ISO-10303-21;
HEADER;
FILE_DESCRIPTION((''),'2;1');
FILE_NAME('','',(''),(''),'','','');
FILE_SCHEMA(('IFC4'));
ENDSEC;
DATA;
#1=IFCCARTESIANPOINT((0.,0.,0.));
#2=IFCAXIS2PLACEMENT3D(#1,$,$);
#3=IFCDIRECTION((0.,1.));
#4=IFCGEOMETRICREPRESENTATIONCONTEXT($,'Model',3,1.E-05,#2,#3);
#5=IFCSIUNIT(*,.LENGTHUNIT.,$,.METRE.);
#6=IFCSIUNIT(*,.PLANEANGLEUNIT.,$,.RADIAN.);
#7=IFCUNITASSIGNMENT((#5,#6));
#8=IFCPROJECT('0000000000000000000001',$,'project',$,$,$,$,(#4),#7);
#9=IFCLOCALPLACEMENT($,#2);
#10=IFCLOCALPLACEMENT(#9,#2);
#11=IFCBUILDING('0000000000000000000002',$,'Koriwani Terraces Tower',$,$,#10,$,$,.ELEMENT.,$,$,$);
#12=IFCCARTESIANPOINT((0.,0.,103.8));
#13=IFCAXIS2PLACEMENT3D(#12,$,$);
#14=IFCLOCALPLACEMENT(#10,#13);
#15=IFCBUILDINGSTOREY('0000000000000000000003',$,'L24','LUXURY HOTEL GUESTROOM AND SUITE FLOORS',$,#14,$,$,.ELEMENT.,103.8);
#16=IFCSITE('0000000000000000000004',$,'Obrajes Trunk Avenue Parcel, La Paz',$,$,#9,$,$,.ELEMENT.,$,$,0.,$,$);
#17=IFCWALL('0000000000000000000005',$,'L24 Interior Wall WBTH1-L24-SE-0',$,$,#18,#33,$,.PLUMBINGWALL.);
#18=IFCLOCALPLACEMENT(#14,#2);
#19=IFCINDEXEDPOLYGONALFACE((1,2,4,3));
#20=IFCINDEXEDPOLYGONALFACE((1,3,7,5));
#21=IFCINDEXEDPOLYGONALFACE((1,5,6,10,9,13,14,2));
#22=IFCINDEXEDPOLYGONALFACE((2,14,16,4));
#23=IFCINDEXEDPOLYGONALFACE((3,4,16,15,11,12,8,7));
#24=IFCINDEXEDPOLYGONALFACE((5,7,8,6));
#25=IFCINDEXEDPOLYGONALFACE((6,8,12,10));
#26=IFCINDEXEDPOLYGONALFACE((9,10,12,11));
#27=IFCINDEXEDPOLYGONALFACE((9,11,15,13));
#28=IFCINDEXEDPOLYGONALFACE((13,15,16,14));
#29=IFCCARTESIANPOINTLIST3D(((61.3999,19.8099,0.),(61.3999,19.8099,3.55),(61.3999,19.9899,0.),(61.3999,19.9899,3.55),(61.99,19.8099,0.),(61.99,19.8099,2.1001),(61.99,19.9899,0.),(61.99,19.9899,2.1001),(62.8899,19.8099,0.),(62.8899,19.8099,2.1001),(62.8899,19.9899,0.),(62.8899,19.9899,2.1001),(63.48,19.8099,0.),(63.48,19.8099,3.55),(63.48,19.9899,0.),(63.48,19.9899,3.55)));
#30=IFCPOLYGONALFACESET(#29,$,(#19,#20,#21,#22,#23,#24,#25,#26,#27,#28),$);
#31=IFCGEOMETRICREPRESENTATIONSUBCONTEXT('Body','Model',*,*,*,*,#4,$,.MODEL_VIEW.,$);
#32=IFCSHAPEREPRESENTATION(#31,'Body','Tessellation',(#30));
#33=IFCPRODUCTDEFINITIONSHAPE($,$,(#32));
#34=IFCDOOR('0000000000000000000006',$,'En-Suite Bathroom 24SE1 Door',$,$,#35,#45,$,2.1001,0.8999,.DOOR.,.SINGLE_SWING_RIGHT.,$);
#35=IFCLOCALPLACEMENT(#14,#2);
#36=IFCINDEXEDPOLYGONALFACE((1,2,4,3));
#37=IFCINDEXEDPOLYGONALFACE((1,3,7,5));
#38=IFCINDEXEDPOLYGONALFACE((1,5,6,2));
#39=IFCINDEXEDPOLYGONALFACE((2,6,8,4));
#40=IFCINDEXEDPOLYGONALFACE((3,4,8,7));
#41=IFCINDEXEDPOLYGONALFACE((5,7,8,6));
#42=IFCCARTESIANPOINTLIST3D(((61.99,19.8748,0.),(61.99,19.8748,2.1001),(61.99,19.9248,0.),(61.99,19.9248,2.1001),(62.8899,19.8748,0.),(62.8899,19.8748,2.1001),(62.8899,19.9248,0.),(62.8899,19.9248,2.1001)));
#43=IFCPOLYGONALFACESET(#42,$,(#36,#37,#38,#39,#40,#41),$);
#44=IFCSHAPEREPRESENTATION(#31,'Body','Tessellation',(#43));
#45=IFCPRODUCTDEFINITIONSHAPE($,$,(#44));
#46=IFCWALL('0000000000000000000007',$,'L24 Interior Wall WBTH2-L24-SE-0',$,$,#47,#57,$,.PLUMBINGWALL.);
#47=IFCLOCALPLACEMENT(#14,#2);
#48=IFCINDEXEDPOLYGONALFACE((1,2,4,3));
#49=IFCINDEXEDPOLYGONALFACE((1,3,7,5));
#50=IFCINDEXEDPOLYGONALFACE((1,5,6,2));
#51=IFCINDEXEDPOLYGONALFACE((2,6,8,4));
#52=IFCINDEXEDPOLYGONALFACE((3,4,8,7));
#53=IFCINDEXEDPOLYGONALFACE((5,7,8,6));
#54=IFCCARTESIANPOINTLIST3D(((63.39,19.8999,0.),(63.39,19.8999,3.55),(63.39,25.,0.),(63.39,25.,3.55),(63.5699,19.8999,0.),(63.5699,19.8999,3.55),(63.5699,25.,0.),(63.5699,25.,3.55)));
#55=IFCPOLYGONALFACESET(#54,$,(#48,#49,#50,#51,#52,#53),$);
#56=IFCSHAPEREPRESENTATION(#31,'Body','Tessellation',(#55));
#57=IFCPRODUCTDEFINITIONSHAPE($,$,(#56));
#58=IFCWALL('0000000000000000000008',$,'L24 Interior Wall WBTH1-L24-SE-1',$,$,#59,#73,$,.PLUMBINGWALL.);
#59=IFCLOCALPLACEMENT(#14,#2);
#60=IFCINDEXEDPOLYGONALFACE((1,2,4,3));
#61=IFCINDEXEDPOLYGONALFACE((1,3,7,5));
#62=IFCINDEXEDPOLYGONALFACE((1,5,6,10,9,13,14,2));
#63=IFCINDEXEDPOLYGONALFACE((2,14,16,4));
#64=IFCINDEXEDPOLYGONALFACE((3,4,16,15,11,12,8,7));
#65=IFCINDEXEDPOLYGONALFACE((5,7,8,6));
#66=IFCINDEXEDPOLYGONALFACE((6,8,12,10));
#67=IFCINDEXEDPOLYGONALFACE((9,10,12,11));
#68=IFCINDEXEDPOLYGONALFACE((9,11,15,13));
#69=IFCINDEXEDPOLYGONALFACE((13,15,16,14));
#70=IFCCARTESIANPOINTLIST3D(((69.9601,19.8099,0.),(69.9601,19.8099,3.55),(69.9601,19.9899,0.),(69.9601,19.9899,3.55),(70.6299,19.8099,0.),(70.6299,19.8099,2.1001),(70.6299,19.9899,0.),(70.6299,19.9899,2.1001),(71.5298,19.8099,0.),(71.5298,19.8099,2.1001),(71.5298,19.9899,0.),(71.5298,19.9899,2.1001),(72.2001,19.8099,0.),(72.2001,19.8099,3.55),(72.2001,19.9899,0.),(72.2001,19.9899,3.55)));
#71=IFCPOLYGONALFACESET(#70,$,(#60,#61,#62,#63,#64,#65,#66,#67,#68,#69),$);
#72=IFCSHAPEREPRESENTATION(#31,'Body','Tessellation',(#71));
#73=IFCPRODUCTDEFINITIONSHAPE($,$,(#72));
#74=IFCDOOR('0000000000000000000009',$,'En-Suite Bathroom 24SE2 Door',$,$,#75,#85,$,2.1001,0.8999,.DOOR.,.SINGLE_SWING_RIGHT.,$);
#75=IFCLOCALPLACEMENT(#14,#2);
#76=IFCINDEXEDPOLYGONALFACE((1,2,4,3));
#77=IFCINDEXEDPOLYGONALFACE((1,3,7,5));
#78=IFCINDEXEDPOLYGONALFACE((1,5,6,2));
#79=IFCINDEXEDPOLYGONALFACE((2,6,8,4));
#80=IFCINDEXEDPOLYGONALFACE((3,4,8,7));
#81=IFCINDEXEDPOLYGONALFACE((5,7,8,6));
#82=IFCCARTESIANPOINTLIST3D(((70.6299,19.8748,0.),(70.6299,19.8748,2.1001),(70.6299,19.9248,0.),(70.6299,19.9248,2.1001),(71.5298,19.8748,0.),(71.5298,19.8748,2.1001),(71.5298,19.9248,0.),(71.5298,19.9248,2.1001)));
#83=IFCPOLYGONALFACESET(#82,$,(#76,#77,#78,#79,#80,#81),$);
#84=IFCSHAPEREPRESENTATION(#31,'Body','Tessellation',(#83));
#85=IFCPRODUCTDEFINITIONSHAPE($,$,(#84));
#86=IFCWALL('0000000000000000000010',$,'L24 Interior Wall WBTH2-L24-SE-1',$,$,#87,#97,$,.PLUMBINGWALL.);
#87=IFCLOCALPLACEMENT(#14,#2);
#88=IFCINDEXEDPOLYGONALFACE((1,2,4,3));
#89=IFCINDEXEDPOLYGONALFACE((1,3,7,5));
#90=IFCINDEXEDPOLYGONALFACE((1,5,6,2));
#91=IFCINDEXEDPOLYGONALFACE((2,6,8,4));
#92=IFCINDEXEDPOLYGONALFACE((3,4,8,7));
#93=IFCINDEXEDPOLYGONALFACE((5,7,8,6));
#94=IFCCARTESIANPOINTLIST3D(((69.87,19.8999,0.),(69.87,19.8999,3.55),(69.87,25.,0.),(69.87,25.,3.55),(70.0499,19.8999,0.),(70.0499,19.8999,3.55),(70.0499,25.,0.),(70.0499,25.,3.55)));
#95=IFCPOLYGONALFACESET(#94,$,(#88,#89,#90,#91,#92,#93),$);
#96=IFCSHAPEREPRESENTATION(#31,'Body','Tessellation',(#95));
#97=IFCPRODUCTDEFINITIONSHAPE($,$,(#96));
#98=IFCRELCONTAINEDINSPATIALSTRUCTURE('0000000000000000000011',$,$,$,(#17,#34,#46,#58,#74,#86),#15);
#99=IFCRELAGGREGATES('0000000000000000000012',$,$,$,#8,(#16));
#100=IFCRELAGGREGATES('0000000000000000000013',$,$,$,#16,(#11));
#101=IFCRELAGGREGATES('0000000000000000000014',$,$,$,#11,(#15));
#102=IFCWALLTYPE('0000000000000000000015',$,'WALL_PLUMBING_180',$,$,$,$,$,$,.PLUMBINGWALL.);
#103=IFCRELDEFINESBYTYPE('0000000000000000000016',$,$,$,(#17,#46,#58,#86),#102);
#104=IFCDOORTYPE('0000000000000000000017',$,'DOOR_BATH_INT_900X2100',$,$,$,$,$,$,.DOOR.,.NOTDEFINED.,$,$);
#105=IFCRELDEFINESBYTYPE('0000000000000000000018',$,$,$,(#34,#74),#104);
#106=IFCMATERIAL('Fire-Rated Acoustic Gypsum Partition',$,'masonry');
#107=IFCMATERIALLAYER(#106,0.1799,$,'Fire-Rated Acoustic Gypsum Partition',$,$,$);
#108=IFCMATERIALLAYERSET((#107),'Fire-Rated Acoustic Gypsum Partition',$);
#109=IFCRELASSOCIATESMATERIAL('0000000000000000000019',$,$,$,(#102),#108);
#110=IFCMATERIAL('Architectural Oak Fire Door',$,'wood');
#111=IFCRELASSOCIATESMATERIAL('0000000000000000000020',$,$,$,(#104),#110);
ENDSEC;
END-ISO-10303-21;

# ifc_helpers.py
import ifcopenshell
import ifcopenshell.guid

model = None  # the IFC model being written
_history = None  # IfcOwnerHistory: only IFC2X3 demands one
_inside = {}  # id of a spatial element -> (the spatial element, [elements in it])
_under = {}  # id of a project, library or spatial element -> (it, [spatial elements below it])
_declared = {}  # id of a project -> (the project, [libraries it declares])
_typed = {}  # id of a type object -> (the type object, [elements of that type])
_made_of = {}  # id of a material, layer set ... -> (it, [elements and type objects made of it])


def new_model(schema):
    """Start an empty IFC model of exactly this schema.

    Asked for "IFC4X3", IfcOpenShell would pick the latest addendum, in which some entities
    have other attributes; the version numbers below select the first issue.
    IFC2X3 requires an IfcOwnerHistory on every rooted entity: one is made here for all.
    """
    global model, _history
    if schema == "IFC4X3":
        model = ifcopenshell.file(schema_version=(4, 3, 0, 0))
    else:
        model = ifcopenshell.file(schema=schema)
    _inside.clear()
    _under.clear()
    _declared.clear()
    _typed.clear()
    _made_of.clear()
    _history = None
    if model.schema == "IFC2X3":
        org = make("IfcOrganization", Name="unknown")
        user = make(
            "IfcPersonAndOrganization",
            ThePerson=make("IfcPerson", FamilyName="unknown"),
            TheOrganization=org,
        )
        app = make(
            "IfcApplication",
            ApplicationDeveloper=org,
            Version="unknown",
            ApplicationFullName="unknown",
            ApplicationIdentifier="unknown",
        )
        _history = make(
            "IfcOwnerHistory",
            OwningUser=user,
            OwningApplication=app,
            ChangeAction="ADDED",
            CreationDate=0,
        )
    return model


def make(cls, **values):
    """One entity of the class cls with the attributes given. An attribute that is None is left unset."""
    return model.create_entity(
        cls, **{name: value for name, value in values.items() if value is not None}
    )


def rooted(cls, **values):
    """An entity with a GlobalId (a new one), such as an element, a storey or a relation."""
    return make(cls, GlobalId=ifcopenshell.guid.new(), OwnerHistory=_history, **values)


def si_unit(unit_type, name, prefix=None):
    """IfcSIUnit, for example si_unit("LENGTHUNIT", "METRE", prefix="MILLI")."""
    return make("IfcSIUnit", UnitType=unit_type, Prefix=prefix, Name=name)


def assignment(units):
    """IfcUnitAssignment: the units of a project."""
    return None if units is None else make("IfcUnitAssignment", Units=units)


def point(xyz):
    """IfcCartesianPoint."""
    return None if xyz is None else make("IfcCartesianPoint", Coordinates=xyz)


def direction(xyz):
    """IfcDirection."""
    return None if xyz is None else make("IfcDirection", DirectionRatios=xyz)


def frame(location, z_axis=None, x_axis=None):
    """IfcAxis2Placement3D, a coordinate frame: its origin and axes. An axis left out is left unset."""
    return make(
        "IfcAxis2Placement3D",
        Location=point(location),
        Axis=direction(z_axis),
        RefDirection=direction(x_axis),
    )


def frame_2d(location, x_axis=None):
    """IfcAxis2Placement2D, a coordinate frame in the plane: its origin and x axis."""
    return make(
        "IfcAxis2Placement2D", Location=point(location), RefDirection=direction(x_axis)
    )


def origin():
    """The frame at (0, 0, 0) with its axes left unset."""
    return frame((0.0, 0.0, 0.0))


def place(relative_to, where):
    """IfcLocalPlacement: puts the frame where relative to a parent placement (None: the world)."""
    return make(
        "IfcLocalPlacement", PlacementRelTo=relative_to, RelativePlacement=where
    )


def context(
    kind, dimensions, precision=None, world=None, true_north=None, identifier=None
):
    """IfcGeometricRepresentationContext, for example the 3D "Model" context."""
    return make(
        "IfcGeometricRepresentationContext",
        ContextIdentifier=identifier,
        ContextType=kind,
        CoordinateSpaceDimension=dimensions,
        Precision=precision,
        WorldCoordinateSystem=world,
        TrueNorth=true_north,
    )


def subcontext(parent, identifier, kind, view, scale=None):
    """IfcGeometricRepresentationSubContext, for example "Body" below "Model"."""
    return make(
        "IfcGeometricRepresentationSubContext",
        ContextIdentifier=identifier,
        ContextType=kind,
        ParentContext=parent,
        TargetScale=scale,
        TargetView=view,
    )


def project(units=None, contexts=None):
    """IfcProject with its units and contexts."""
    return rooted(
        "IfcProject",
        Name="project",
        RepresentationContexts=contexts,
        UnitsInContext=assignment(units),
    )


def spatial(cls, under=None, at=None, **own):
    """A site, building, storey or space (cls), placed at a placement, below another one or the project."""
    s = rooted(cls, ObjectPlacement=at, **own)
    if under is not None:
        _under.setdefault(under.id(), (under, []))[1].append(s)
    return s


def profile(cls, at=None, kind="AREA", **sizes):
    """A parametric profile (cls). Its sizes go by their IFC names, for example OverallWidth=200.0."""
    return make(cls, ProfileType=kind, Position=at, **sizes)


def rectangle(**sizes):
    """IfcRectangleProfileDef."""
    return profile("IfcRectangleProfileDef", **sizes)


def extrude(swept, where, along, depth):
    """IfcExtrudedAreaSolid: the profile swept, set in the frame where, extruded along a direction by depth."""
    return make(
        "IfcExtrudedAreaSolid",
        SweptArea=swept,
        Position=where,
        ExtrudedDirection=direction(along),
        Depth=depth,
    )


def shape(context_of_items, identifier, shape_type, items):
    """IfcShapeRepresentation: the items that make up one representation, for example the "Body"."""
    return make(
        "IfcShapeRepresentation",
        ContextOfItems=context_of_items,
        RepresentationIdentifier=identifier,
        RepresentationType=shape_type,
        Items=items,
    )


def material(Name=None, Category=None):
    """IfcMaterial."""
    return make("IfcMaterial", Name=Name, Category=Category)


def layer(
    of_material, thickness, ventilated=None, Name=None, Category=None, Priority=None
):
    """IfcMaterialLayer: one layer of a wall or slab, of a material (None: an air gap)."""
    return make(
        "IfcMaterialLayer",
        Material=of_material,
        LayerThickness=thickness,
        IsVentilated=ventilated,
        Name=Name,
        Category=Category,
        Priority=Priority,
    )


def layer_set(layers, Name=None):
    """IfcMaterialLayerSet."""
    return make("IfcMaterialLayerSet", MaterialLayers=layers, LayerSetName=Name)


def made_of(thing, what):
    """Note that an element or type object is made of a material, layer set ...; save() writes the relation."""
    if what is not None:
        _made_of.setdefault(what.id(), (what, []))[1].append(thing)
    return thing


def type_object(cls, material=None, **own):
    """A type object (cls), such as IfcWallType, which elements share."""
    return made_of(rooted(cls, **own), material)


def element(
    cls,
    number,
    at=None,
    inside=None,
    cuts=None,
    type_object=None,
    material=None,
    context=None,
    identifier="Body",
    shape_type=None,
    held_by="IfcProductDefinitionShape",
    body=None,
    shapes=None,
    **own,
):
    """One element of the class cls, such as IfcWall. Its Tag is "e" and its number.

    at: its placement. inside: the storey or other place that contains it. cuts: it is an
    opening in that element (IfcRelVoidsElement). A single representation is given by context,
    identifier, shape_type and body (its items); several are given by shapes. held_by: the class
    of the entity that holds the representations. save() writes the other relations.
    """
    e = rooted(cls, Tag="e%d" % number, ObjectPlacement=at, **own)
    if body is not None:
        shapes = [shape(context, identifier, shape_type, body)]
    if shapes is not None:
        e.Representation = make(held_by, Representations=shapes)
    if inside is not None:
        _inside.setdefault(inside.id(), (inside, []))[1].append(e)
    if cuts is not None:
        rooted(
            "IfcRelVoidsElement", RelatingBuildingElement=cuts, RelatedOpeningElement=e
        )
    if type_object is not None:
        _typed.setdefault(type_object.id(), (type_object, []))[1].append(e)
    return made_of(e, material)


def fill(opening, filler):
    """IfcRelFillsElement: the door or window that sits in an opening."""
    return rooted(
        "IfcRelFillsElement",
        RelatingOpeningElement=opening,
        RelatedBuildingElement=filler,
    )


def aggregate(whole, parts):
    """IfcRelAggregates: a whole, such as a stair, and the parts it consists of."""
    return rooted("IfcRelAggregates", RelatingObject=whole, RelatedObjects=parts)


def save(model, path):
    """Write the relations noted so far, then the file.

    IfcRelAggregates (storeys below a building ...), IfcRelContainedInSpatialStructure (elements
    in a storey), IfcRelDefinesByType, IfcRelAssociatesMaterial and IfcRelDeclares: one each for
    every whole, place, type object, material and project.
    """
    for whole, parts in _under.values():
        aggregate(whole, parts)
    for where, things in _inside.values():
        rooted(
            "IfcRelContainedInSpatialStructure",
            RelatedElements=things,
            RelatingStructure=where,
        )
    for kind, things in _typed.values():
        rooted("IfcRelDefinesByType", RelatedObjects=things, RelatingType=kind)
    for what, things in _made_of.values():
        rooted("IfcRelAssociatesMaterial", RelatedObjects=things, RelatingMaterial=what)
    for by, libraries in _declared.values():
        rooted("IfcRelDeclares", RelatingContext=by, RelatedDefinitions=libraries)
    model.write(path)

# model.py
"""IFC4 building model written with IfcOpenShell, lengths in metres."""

from ifc_helpers import new_model, si_unit, direction, frame, frame_2d, origin, place, context, subcontext, project, spatial, rectangle, extrude, material, layer, layer_set, type_object, element, fill, save


model = new_model("IFC4")

# Units and contexts
model_context = context("Model", 3, precision=1e-05, world=origin(), true_north=direction((0.0, 1.0)))
body_context = subcontext(model_context, "Body", "Model", "MODEL_VIEW")
ifc_project = project(units=[si_unit("LENGTHUNIT", "METRE"), si_unit("PLANEANGLEUNIT", "RADIAN")], contexts=[model_context])

# Site, building, storey
site_placement = place(None, origin())
site = spatial("IfcSite", under=ifc_project, at=site_placement, Name="Obrajes Trunk Avenue Parcel, La Paz", CompositionType="ELEMENT", RefElevation=0.0)
building_placement = place(site_placement, origin())
building = spatial("IfcBuilding", under=site, at=building_placement, Name="Koriwani Terraces Tower", CompositionType="ELEMENT")
storey_placement = place(building_placement, frame((0.0, 0.0, 103.8)))
storey = spatial("IfcBuildingStorey", under=building, at=storey_placement, Name="L24", Description="LUXURY HOTEL GUESTROOM AND SUITE FLOORS", CompositionType="ELEMENT", Elevation=103.8)

# Shared definitions
ifc_material_1 = material(Name="Architectural Oak Fire Door", Category="wood")

# Wall, opening, door
ifc_material_2 = material(Name="Fire-Rated Acoustic Gypsum Partition", Category="masonry")
ifc_layer_1 = layer(ifc_material_2, 0.1799, Name="Fire-Rated Acoustic Gypsum Partition")
ifc_layer_set_1 = layer_set([ifc_layer_1], Name="Fire-Rated Acoustic Gypsum Partition")
wall_type_1 = type_object("IfcWallType", Name="WALL_PLUMBING_180", PredefinedType="PLUMBINGWALL", material=ifc_layer_set_1)
wall_1_placement = place(storey_placement, frame((61.3999, 19.8999, 0.0), z_axis=(0.0, 0.0, 1.0), x_axis=(1.0, 0.0, 0.0)))
wall_1 = element("IfcWall", 1, at=wall_1_placement, inside=storey, type_object=wall_type_1, Name="L24 Interior Wall WBTH1-L24-SE-0", PredefinedType="PLUMBINGWALL", context=body_context, shape_type="SweptSolid", body=[
    extrude(rectangle(XDim=2.0801, YDim=0.1799, at=frame_2d((1.04, 0.0))), origin(), (0.0, 0.0, 1.0), 3.55),
])
opening_1_placement = place(wall_1_placement, frame((0.5901, 0.0, 0.0)))
opening_1 = element("IfcOpeningElement", 2, at=opening_1_placement, cuts=wall_1, PredefinedType="OPENING", context=body_context, shape_type="SweptSolid", body=[
    extrude(rectangle(XDim=0.8999, YDim=2.1001, at=frame_2d((0.45, 1.05))), frame((0.0, 0.1001, 0.0), z_axis=(0.0, -1.0, 0.0), x_axis=(1.0, 0.0, 0.0)), (0.0, 0.0, 1.0), 0.2),
])
door_type_1 = type_object("IfcDoorType", Name="DOOR_BATH_INT_900X2100", OperationType="NOTDEFINED", PredefinedType="DOOR", material=ifc_material_1)
door_1_placement = place(opening_1_placement, origin())
door_1 = element("IfcDoor", 3, at=door_1_placement, inside=storey, type_object=door_type_1, Name="En-Suite Bathroom 24SE1 Door", OperationType="SINGLE_SWING_RIGHT", OverallHeight=2.1001, OverallWidth=0.8999, PredefinedType="DOOR", context=body_context, shape_type="SweptSolid", body=[
    extrude(rectangle(XDim=0.8999, YDim=2.1001, at=frame_2d((0.45, 1.05))), frame((0.0, 0.0249, 0.0), z_axis=(0.0, -1.0, 0.0), x_axis=(1.0, 0.0, 0.0)), (0.0, 0.0, 1.0), 0.05),
])
fill(opening_1, door_1)

# Wall
wall_2_placement = place(storey_placement, frame((63.48, 19.8999, 0.0), z_axis=(0.0, 0.0, 1.0), x_axis=(0.0, 1.0, 0.0)))
element("IfcWall", 4, at=wall_2_placement, inside=storey, type_object=wall_type_1, Name="L24 Interior Wall WBTH2-L24-SE-0", PredefinedType="PLUMBINGWALL", context=body_context, shape_type="SweptSolid", body=[
    extrude(rectangle(XDim=5.1001, YDim=0.1799, at=frame_2d((2.55, 0.0))), origin(), (0.0, 0.0, 1.0), 3.55),
])

# Wall, opening, door
wall_3_placement = place(storey_placement, frame((69.96, 19.8999, 0.0), z_axis=(0.0, 0.0, 1.0), x_axis=(1.0, 0.0, 0.0)))
wall_3 = element("IfcWall", 5, at=wall_3_placement, inside=storey, type_object=wall_type_1, Name="L24 Interior Wall WBTH1-L24-SE-1", PredefinedType="PLUMBINGWALL", context=body_context, shape_type="SweptSolid", body=[
    extrude(rectangle(XDim=2.24, YDim=0.1799, at=frame_2d((1.1201, 0.0))), origin(), (0.0, 0.0, 1.0), 3.55),
])
opening_2_placement = place(wall_3_placement, frame((0.6699, 0.0, 0.0)))
opening_2 = element("IfcOpeningElement", 6, at=opening_2_placement, cuts=wall_3, PredefinedType="OPENING", context=body_context, shape_type="SweptSolid", body=[
    extrude(rectangle(XDim=0.8999, YDim=2.1001, at=frame_2d((0.45, 1.05))), frame((0.0, 0.1001, 0.0), z_axis=(0.0, -1.0, 0.0), x_axis=(1.0, 0.0, 0.0)), (0.0, 0.0, 1.0), 0.2),
])
door_2_placement = place(opening_2_placement, origin())
door_2 = element("IfcDoor", 7, at=door_2_placement, inside=storey, type_object=door_type_1, Name="En-Suite Bathroom 24SE2 Door", OperationType="SINGLE_SWING_RIGHT", OverallHeight=2.1001, OverallWidth=0.8999, PredefinedType="DOOR", context=body_context, shape_type="SweptSolid", body=[
    extrude(rectangle(XDim=0.8999, YDim=2.1001, at=frame_2d((0.45, 1.05))), frame((0.0, 0.0249, 0.0), z_axis=(0.0, -1.0, 0.0), x_axis=(1.0, 0.0, 0.0)), (0.0, 0.0, 1.0), 0.05),
])
fill(opening_2, door_2)

# Wall
wall_4_placement = place(storey_placement, frame((69.96, 19.8999, 0.0), z_axis=(0.0, 0.0, 1.0), x_axis=(0.0, 1.0, 0.0)))
element("IfcWall", 8, at=wall_4_placement, inside=storey, type_object=wall_type_1, Name="L24 Interior Wall WBTH2-L24-SE-1", PredefinedType="PLUMBINGWALL", context=body_context, shape_type="SweptSolid", body=[
    extrude(rectangle(XDim=5.1001, YDim=0.1799, at=frame_2d((2.55, 0.0))), origin(), (0.0, 0.0, 1.0), 3.55),
])

save(model, "model.ifc")
